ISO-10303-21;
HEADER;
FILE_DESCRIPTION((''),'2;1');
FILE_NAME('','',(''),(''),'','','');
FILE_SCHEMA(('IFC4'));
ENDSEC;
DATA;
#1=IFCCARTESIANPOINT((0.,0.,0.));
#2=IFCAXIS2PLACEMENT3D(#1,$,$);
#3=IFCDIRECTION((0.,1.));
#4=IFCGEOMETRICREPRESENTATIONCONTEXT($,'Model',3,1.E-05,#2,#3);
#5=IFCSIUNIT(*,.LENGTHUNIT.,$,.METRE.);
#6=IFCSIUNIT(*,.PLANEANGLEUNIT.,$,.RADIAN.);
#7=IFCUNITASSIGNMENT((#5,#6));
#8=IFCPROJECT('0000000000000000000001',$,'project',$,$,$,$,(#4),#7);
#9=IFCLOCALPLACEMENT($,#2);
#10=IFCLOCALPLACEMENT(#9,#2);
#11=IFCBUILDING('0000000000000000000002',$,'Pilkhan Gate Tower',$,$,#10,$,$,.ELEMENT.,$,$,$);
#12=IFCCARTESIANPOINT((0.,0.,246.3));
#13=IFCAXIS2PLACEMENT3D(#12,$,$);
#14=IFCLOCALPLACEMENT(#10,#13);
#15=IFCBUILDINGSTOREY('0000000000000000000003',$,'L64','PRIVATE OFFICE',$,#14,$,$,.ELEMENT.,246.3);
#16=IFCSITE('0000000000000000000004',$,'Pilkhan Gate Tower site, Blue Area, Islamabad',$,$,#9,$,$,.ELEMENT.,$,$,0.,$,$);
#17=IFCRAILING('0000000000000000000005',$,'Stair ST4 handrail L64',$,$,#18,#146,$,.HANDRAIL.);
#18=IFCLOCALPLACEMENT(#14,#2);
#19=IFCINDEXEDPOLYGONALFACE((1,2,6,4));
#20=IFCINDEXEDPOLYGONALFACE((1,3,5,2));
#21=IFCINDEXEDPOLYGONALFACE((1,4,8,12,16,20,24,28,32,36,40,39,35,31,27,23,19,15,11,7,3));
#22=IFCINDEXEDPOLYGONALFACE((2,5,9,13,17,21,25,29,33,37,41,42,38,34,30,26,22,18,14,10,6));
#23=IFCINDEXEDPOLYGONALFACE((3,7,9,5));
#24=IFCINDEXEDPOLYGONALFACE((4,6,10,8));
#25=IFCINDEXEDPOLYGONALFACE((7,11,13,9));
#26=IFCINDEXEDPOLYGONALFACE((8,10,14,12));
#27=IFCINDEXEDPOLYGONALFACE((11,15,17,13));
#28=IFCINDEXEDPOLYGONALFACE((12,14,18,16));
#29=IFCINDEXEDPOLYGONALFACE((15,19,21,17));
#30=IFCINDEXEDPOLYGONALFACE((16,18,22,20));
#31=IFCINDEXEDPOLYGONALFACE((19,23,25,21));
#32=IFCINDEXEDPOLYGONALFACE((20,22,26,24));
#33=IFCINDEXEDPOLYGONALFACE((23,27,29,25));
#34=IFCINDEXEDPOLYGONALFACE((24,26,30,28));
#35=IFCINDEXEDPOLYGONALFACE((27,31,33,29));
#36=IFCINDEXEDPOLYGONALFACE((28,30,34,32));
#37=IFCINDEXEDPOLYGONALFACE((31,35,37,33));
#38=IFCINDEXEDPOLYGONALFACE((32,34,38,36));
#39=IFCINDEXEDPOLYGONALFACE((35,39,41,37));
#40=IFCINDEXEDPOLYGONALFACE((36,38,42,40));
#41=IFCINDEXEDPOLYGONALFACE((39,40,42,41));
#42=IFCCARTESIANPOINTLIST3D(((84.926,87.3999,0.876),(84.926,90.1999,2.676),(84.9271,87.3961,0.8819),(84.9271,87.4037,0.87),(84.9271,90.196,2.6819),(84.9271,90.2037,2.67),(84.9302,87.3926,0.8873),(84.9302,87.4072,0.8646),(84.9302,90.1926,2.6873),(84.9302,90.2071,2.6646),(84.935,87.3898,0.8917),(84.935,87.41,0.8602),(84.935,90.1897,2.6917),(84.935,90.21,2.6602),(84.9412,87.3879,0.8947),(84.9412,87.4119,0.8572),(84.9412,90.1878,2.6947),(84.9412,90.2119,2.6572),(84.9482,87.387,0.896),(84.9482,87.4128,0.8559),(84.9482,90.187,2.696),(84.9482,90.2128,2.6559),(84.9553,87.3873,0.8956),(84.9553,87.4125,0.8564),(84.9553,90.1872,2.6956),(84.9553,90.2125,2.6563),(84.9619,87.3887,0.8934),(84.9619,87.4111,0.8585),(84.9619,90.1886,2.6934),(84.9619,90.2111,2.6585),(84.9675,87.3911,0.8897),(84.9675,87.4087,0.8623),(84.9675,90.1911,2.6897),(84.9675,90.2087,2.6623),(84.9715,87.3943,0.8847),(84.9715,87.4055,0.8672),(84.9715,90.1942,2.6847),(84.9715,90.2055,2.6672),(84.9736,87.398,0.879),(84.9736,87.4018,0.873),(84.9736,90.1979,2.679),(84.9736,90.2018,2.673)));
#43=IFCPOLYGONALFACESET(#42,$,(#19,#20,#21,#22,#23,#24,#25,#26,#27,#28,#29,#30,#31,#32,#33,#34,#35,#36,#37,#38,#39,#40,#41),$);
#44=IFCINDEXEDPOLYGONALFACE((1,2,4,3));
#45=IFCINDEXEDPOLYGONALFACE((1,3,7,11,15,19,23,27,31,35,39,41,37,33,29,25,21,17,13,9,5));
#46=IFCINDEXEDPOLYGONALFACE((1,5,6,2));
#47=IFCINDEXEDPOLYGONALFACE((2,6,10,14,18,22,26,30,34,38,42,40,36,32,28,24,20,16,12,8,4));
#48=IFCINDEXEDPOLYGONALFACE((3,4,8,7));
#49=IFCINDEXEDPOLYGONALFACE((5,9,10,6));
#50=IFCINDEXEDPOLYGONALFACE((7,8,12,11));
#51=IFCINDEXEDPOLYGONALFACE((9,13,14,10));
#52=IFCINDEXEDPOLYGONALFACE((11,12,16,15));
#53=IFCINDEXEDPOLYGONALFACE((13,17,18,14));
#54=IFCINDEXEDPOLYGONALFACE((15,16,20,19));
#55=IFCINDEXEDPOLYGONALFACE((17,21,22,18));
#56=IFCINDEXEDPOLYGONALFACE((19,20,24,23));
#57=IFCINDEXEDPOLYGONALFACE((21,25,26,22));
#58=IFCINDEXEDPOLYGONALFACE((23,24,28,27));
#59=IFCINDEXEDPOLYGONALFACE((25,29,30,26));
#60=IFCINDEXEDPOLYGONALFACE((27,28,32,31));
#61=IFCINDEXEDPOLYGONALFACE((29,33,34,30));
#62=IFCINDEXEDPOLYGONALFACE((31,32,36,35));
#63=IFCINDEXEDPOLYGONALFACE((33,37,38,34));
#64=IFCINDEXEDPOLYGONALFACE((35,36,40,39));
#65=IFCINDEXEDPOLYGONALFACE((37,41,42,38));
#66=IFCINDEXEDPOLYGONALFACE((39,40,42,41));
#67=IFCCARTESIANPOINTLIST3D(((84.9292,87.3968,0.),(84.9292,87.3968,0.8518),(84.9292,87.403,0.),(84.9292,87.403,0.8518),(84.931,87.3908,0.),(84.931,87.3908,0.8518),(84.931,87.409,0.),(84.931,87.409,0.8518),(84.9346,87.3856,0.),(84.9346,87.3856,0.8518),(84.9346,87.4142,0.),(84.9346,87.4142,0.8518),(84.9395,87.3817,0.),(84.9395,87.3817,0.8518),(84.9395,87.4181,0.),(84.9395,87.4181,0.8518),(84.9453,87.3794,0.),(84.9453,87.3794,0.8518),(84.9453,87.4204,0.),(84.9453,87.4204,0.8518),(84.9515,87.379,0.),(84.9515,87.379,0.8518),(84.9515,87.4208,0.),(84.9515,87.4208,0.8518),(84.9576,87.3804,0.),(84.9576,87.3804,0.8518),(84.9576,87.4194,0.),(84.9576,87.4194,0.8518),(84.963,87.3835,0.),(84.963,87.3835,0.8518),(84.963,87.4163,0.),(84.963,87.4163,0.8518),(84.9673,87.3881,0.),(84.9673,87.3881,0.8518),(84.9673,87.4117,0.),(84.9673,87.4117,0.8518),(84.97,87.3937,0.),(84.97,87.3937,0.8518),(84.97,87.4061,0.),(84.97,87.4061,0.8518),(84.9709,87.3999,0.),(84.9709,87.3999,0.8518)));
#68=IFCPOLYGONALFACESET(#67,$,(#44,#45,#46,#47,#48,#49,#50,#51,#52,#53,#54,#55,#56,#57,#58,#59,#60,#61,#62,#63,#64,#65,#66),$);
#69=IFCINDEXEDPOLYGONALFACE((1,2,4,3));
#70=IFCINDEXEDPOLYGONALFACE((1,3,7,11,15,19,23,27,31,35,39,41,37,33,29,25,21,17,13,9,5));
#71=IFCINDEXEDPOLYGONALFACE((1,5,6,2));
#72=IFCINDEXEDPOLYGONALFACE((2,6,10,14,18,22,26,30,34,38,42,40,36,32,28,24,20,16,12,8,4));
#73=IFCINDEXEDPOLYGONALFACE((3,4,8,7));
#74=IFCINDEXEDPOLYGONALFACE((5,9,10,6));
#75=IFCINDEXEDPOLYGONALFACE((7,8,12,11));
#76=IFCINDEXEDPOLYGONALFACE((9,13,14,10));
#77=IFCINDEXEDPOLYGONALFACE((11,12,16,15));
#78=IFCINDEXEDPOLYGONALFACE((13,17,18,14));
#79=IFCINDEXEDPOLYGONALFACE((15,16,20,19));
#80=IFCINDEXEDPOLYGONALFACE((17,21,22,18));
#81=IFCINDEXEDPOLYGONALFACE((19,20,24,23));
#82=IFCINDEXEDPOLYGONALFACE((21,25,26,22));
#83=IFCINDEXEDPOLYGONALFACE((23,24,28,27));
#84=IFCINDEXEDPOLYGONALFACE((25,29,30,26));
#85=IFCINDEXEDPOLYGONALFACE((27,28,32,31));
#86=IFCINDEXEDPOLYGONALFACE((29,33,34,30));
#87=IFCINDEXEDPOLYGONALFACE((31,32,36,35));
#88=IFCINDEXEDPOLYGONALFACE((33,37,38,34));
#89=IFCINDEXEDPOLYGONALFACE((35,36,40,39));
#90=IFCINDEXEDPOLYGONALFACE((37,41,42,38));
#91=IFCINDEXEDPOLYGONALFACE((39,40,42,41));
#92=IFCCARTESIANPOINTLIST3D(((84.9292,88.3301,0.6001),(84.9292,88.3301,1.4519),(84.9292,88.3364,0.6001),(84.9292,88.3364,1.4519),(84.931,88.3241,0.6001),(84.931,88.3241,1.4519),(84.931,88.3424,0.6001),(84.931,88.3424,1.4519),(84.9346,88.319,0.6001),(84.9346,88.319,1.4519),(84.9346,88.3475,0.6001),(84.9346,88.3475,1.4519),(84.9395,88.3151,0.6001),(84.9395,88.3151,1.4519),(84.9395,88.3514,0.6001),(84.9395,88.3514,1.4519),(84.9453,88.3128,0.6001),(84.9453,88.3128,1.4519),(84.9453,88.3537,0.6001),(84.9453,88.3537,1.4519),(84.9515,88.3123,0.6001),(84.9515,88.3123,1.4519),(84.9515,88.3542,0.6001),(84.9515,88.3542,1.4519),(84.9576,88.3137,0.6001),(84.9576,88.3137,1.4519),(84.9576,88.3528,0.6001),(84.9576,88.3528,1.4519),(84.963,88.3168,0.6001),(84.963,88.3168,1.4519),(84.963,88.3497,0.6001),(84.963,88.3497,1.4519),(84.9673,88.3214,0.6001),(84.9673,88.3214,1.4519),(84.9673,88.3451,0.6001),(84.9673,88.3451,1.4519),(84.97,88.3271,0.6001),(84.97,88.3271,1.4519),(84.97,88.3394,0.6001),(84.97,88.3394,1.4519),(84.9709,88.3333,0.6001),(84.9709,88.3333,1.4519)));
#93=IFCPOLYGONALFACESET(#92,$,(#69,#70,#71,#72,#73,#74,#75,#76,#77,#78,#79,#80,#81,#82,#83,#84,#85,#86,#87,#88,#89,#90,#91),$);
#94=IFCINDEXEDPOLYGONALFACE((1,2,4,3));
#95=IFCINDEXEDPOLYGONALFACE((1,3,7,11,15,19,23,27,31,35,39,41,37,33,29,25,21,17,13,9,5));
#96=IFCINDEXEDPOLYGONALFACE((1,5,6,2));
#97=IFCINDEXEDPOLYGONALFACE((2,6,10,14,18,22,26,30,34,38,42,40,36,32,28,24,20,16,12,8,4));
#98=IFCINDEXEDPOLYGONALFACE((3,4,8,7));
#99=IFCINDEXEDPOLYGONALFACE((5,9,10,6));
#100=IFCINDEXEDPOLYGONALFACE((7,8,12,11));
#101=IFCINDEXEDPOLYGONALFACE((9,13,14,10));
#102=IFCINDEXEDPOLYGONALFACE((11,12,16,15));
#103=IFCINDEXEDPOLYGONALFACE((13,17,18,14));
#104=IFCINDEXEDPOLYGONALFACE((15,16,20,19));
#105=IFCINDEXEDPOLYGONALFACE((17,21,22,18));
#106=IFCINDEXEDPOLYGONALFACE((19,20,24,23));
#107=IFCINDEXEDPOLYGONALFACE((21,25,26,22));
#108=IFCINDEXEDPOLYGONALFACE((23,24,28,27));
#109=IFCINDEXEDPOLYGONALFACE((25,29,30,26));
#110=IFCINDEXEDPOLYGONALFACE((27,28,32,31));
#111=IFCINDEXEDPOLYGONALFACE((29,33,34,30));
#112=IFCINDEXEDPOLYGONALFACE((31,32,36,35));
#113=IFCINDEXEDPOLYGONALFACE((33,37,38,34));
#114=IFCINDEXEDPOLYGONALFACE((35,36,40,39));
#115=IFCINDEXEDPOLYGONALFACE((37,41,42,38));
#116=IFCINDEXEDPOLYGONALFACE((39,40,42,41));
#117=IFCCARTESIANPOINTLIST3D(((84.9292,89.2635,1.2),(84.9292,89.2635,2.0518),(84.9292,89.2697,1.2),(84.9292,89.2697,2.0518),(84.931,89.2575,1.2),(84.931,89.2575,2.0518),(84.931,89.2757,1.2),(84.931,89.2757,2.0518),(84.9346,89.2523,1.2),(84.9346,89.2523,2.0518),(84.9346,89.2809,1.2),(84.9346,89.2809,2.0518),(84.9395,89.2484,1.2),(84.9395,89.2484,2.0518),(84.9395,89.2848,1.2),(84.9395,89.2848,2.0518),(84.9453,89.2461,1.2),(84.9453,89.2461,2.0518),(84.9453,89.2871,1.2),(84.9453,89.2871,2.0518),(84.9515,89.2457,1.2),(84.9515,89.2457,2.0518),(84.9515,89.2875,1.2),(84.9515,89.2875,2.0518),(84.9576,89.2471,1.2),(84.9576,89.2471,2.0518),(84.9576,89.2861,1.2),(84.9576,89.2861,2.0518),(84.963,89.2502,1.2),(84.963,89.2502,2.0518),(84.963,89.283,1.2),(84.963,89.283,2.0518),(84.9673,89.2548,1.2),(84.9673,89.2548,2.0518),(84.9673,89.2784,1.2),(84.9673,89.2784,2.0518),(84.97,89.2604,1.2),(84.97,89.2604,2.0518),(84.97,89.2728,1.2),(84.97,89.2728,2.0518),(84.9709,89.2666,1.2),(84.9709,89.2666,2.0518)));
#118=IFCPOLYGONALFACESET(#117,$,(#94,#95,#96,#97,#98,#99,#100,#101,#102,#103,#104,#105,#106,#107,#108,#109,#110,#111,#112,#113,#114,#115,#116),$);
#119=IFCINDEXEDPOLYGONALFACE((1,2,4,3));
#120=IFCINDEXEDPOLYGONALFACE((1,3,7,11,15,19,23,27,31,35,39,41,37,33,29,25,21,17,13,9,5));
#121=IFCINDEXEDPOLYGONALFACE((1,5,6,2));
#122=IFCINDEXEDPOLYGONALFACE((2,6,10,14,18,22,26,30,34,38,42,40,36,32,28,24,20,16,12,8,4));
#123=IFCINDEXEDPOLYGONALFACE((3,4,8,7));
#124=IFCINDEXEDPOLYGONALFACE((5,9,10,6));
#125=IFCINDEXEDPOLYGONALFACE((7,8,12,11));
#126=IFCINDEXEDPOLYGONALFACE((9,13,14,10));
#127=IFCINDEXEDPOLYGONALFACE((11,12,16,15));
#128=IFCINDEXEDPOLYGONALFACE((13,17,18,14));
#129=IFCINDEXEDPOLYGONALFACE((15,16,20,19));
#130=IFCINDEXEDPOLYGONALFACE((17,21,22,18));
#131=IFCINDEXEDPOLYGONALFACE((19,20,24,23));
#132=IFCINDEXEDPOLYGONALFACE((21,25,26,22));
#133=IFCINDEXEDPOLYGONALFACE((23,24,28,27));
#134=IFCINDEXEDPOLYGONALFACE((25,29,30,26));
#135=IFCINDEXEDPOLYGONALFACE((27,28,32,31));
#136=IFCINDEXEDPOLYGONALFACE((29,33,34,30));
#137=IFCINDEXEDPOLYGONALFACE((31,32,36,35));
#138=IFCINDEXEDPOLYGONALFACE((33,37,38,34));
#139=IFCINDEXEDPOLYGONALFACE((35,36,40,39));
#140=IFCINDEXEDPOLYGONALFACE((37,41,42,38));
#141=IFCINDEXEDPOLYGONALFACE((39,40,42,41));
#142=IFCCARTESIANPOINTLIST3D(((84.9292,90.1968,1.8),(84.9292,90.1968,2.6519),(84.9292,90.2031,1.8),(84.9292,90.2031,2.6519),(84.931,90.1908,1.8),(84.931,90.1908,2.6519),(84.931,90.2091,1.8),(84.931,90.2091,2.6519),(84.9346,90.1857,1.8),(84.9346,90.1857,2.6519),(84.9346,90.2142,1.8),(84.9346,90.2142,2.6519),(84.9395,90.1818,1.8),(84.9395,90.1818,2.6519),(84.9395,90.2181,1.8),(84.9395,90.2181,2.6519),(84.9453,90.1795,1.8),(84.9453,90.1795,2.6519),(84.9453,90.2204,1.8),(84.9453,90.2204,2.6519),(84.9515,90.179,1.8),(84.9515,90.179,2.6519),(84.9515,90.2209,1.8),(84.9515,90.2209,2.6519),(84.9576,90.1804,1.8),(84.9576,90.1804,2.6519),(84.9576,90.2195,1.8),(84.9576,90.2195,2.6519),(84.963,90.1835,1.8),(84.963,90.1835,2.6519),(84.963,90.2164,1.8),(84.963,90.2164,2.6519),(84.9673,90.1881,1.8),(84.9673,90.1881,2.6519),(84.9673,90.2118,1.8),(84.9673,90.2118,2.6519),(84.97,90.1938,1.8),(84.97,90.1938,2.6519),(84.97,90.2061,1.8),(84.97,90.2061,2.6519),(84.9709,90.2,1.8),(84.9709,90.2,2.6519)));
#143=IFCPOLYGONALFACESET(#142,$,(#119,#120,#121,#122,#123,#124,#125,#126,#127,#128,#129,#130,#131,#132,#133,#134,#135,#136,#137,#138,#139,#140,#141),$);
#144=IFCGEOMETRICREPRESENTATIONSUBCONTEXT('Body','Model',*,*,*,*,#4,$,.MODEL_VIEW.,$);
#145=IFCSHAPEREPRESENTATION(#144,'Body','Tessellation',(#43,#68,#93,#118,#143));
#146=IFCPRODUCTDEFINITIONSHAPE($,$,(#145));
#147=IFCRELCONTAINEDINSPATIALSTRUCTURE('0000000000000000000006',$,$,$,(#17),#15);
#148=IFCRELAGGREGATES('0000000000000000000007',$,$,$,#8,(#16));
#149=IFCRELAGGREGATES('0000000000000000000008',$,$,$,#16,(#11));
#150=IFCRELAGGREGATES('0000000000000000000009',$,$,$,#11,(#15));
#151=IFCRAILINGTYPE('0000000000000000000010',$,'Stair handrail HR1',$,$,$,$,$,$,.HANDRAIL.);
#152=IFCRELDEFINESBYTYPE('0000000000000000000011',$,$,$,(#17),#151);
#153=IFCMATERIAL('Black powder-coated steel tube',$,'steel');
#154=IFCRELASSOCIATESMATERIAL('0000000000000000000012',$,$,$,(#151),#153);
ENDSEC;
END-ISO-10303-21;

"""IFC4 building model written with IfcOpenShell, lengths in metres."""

from ifc_helpers import new_model, si_unit, direction, frame, origin, origin_2d, place, context, subcontext, project, spatial, circle, extrude, material, type_object, element, save


model = new_model("IFC4")

# Units and contexts
model_context = context("Model", 3, precision=1e-05, world=origin(), true_north=direction((0.0, 1.0)))
body_context = subcontext(model_context, "Body", "Model", "MODEL_VIEW")
ifc_project = project(units=[si_unit("LENGTHUNIT", "METRE"), si_unit("PLANEANGLEUNIT", "RADIAN")], contexts=[model_context])

# Site, building, storey
site_placement = place(None, origin())
site = spatial("IfcSite", under=ifc_project, at=site_placement, Name="Pilkhan Gate Tower site, Blue Area, Islamabad", CompositionType="ELEMENT", RefElevation=0.0)
building_placement = place(site_placement, origin())
building = spatial("IfcBuilding", under=site, at=building_placement, Name="Pilkhan Gate Tower", CompositionType="ELEMENT")
storey_placement = place(building_placement, frame((0.0, 0.0, 246.3)))
storey = spatial("IfcBuildingStorey", under=building, at=storey_placement, Name="L64", Description="PRIVATE OFFICE", CompositionType="ELEMENT", Elevation=246.3)

# Railing
ifc_material_1 = material(Name="Black powder-coated steel tube", Category="steel")
railing_type_1 = type_object("IfcRailingType", Name="Stair handrail HR1", PredefinedType="HANDRAIL", material=ifc_material_1)
railing_1_placement = place(storey_placement, frame((84.95, 87.3999, 0.0)))
element("IfcRailing", 1, at=railing_1_placement, inside=storey, type_object=railing_type_1, Name="Stair ST4 handrail L64", PredefinedType="HANDRAIL", context=body_context, shape_type="SweptSolid", body=[
    extrude(circle(Radius=0.0239, at=origin_2d()), frame((0.0, 0.0, 0.876), z_axis=(0.0, 0.841176, 0.540761), x_axis=(-1.0, 0.0, 0.0)), (0.0, 0.0, 1.0), 3.3286),
    extrude(circle(Radius=0.021, at=origin_2d()), origin(), (0.0, 0.0, 1.0), 0.8518),
    extrude(circle(Radius=0.021, at=origin_2d()), frame((0.0, 0.9333, 0.6001)), (0.0, 0.0, 1.0), 0.8518),
    extrude(circle(Radius=0.021, at=origin_2d()), frame((0.0, 1.8667, 1.2)), (0.0, 0.0, 1.0), 0.8518),
    extrude(circle(Radius=0.021, at=origin_2d()), frame((0.0, 2.8, 1.8)), (0.0, 0.0, 1.0), 0.8518),
])

save(model, "model.ifc")
